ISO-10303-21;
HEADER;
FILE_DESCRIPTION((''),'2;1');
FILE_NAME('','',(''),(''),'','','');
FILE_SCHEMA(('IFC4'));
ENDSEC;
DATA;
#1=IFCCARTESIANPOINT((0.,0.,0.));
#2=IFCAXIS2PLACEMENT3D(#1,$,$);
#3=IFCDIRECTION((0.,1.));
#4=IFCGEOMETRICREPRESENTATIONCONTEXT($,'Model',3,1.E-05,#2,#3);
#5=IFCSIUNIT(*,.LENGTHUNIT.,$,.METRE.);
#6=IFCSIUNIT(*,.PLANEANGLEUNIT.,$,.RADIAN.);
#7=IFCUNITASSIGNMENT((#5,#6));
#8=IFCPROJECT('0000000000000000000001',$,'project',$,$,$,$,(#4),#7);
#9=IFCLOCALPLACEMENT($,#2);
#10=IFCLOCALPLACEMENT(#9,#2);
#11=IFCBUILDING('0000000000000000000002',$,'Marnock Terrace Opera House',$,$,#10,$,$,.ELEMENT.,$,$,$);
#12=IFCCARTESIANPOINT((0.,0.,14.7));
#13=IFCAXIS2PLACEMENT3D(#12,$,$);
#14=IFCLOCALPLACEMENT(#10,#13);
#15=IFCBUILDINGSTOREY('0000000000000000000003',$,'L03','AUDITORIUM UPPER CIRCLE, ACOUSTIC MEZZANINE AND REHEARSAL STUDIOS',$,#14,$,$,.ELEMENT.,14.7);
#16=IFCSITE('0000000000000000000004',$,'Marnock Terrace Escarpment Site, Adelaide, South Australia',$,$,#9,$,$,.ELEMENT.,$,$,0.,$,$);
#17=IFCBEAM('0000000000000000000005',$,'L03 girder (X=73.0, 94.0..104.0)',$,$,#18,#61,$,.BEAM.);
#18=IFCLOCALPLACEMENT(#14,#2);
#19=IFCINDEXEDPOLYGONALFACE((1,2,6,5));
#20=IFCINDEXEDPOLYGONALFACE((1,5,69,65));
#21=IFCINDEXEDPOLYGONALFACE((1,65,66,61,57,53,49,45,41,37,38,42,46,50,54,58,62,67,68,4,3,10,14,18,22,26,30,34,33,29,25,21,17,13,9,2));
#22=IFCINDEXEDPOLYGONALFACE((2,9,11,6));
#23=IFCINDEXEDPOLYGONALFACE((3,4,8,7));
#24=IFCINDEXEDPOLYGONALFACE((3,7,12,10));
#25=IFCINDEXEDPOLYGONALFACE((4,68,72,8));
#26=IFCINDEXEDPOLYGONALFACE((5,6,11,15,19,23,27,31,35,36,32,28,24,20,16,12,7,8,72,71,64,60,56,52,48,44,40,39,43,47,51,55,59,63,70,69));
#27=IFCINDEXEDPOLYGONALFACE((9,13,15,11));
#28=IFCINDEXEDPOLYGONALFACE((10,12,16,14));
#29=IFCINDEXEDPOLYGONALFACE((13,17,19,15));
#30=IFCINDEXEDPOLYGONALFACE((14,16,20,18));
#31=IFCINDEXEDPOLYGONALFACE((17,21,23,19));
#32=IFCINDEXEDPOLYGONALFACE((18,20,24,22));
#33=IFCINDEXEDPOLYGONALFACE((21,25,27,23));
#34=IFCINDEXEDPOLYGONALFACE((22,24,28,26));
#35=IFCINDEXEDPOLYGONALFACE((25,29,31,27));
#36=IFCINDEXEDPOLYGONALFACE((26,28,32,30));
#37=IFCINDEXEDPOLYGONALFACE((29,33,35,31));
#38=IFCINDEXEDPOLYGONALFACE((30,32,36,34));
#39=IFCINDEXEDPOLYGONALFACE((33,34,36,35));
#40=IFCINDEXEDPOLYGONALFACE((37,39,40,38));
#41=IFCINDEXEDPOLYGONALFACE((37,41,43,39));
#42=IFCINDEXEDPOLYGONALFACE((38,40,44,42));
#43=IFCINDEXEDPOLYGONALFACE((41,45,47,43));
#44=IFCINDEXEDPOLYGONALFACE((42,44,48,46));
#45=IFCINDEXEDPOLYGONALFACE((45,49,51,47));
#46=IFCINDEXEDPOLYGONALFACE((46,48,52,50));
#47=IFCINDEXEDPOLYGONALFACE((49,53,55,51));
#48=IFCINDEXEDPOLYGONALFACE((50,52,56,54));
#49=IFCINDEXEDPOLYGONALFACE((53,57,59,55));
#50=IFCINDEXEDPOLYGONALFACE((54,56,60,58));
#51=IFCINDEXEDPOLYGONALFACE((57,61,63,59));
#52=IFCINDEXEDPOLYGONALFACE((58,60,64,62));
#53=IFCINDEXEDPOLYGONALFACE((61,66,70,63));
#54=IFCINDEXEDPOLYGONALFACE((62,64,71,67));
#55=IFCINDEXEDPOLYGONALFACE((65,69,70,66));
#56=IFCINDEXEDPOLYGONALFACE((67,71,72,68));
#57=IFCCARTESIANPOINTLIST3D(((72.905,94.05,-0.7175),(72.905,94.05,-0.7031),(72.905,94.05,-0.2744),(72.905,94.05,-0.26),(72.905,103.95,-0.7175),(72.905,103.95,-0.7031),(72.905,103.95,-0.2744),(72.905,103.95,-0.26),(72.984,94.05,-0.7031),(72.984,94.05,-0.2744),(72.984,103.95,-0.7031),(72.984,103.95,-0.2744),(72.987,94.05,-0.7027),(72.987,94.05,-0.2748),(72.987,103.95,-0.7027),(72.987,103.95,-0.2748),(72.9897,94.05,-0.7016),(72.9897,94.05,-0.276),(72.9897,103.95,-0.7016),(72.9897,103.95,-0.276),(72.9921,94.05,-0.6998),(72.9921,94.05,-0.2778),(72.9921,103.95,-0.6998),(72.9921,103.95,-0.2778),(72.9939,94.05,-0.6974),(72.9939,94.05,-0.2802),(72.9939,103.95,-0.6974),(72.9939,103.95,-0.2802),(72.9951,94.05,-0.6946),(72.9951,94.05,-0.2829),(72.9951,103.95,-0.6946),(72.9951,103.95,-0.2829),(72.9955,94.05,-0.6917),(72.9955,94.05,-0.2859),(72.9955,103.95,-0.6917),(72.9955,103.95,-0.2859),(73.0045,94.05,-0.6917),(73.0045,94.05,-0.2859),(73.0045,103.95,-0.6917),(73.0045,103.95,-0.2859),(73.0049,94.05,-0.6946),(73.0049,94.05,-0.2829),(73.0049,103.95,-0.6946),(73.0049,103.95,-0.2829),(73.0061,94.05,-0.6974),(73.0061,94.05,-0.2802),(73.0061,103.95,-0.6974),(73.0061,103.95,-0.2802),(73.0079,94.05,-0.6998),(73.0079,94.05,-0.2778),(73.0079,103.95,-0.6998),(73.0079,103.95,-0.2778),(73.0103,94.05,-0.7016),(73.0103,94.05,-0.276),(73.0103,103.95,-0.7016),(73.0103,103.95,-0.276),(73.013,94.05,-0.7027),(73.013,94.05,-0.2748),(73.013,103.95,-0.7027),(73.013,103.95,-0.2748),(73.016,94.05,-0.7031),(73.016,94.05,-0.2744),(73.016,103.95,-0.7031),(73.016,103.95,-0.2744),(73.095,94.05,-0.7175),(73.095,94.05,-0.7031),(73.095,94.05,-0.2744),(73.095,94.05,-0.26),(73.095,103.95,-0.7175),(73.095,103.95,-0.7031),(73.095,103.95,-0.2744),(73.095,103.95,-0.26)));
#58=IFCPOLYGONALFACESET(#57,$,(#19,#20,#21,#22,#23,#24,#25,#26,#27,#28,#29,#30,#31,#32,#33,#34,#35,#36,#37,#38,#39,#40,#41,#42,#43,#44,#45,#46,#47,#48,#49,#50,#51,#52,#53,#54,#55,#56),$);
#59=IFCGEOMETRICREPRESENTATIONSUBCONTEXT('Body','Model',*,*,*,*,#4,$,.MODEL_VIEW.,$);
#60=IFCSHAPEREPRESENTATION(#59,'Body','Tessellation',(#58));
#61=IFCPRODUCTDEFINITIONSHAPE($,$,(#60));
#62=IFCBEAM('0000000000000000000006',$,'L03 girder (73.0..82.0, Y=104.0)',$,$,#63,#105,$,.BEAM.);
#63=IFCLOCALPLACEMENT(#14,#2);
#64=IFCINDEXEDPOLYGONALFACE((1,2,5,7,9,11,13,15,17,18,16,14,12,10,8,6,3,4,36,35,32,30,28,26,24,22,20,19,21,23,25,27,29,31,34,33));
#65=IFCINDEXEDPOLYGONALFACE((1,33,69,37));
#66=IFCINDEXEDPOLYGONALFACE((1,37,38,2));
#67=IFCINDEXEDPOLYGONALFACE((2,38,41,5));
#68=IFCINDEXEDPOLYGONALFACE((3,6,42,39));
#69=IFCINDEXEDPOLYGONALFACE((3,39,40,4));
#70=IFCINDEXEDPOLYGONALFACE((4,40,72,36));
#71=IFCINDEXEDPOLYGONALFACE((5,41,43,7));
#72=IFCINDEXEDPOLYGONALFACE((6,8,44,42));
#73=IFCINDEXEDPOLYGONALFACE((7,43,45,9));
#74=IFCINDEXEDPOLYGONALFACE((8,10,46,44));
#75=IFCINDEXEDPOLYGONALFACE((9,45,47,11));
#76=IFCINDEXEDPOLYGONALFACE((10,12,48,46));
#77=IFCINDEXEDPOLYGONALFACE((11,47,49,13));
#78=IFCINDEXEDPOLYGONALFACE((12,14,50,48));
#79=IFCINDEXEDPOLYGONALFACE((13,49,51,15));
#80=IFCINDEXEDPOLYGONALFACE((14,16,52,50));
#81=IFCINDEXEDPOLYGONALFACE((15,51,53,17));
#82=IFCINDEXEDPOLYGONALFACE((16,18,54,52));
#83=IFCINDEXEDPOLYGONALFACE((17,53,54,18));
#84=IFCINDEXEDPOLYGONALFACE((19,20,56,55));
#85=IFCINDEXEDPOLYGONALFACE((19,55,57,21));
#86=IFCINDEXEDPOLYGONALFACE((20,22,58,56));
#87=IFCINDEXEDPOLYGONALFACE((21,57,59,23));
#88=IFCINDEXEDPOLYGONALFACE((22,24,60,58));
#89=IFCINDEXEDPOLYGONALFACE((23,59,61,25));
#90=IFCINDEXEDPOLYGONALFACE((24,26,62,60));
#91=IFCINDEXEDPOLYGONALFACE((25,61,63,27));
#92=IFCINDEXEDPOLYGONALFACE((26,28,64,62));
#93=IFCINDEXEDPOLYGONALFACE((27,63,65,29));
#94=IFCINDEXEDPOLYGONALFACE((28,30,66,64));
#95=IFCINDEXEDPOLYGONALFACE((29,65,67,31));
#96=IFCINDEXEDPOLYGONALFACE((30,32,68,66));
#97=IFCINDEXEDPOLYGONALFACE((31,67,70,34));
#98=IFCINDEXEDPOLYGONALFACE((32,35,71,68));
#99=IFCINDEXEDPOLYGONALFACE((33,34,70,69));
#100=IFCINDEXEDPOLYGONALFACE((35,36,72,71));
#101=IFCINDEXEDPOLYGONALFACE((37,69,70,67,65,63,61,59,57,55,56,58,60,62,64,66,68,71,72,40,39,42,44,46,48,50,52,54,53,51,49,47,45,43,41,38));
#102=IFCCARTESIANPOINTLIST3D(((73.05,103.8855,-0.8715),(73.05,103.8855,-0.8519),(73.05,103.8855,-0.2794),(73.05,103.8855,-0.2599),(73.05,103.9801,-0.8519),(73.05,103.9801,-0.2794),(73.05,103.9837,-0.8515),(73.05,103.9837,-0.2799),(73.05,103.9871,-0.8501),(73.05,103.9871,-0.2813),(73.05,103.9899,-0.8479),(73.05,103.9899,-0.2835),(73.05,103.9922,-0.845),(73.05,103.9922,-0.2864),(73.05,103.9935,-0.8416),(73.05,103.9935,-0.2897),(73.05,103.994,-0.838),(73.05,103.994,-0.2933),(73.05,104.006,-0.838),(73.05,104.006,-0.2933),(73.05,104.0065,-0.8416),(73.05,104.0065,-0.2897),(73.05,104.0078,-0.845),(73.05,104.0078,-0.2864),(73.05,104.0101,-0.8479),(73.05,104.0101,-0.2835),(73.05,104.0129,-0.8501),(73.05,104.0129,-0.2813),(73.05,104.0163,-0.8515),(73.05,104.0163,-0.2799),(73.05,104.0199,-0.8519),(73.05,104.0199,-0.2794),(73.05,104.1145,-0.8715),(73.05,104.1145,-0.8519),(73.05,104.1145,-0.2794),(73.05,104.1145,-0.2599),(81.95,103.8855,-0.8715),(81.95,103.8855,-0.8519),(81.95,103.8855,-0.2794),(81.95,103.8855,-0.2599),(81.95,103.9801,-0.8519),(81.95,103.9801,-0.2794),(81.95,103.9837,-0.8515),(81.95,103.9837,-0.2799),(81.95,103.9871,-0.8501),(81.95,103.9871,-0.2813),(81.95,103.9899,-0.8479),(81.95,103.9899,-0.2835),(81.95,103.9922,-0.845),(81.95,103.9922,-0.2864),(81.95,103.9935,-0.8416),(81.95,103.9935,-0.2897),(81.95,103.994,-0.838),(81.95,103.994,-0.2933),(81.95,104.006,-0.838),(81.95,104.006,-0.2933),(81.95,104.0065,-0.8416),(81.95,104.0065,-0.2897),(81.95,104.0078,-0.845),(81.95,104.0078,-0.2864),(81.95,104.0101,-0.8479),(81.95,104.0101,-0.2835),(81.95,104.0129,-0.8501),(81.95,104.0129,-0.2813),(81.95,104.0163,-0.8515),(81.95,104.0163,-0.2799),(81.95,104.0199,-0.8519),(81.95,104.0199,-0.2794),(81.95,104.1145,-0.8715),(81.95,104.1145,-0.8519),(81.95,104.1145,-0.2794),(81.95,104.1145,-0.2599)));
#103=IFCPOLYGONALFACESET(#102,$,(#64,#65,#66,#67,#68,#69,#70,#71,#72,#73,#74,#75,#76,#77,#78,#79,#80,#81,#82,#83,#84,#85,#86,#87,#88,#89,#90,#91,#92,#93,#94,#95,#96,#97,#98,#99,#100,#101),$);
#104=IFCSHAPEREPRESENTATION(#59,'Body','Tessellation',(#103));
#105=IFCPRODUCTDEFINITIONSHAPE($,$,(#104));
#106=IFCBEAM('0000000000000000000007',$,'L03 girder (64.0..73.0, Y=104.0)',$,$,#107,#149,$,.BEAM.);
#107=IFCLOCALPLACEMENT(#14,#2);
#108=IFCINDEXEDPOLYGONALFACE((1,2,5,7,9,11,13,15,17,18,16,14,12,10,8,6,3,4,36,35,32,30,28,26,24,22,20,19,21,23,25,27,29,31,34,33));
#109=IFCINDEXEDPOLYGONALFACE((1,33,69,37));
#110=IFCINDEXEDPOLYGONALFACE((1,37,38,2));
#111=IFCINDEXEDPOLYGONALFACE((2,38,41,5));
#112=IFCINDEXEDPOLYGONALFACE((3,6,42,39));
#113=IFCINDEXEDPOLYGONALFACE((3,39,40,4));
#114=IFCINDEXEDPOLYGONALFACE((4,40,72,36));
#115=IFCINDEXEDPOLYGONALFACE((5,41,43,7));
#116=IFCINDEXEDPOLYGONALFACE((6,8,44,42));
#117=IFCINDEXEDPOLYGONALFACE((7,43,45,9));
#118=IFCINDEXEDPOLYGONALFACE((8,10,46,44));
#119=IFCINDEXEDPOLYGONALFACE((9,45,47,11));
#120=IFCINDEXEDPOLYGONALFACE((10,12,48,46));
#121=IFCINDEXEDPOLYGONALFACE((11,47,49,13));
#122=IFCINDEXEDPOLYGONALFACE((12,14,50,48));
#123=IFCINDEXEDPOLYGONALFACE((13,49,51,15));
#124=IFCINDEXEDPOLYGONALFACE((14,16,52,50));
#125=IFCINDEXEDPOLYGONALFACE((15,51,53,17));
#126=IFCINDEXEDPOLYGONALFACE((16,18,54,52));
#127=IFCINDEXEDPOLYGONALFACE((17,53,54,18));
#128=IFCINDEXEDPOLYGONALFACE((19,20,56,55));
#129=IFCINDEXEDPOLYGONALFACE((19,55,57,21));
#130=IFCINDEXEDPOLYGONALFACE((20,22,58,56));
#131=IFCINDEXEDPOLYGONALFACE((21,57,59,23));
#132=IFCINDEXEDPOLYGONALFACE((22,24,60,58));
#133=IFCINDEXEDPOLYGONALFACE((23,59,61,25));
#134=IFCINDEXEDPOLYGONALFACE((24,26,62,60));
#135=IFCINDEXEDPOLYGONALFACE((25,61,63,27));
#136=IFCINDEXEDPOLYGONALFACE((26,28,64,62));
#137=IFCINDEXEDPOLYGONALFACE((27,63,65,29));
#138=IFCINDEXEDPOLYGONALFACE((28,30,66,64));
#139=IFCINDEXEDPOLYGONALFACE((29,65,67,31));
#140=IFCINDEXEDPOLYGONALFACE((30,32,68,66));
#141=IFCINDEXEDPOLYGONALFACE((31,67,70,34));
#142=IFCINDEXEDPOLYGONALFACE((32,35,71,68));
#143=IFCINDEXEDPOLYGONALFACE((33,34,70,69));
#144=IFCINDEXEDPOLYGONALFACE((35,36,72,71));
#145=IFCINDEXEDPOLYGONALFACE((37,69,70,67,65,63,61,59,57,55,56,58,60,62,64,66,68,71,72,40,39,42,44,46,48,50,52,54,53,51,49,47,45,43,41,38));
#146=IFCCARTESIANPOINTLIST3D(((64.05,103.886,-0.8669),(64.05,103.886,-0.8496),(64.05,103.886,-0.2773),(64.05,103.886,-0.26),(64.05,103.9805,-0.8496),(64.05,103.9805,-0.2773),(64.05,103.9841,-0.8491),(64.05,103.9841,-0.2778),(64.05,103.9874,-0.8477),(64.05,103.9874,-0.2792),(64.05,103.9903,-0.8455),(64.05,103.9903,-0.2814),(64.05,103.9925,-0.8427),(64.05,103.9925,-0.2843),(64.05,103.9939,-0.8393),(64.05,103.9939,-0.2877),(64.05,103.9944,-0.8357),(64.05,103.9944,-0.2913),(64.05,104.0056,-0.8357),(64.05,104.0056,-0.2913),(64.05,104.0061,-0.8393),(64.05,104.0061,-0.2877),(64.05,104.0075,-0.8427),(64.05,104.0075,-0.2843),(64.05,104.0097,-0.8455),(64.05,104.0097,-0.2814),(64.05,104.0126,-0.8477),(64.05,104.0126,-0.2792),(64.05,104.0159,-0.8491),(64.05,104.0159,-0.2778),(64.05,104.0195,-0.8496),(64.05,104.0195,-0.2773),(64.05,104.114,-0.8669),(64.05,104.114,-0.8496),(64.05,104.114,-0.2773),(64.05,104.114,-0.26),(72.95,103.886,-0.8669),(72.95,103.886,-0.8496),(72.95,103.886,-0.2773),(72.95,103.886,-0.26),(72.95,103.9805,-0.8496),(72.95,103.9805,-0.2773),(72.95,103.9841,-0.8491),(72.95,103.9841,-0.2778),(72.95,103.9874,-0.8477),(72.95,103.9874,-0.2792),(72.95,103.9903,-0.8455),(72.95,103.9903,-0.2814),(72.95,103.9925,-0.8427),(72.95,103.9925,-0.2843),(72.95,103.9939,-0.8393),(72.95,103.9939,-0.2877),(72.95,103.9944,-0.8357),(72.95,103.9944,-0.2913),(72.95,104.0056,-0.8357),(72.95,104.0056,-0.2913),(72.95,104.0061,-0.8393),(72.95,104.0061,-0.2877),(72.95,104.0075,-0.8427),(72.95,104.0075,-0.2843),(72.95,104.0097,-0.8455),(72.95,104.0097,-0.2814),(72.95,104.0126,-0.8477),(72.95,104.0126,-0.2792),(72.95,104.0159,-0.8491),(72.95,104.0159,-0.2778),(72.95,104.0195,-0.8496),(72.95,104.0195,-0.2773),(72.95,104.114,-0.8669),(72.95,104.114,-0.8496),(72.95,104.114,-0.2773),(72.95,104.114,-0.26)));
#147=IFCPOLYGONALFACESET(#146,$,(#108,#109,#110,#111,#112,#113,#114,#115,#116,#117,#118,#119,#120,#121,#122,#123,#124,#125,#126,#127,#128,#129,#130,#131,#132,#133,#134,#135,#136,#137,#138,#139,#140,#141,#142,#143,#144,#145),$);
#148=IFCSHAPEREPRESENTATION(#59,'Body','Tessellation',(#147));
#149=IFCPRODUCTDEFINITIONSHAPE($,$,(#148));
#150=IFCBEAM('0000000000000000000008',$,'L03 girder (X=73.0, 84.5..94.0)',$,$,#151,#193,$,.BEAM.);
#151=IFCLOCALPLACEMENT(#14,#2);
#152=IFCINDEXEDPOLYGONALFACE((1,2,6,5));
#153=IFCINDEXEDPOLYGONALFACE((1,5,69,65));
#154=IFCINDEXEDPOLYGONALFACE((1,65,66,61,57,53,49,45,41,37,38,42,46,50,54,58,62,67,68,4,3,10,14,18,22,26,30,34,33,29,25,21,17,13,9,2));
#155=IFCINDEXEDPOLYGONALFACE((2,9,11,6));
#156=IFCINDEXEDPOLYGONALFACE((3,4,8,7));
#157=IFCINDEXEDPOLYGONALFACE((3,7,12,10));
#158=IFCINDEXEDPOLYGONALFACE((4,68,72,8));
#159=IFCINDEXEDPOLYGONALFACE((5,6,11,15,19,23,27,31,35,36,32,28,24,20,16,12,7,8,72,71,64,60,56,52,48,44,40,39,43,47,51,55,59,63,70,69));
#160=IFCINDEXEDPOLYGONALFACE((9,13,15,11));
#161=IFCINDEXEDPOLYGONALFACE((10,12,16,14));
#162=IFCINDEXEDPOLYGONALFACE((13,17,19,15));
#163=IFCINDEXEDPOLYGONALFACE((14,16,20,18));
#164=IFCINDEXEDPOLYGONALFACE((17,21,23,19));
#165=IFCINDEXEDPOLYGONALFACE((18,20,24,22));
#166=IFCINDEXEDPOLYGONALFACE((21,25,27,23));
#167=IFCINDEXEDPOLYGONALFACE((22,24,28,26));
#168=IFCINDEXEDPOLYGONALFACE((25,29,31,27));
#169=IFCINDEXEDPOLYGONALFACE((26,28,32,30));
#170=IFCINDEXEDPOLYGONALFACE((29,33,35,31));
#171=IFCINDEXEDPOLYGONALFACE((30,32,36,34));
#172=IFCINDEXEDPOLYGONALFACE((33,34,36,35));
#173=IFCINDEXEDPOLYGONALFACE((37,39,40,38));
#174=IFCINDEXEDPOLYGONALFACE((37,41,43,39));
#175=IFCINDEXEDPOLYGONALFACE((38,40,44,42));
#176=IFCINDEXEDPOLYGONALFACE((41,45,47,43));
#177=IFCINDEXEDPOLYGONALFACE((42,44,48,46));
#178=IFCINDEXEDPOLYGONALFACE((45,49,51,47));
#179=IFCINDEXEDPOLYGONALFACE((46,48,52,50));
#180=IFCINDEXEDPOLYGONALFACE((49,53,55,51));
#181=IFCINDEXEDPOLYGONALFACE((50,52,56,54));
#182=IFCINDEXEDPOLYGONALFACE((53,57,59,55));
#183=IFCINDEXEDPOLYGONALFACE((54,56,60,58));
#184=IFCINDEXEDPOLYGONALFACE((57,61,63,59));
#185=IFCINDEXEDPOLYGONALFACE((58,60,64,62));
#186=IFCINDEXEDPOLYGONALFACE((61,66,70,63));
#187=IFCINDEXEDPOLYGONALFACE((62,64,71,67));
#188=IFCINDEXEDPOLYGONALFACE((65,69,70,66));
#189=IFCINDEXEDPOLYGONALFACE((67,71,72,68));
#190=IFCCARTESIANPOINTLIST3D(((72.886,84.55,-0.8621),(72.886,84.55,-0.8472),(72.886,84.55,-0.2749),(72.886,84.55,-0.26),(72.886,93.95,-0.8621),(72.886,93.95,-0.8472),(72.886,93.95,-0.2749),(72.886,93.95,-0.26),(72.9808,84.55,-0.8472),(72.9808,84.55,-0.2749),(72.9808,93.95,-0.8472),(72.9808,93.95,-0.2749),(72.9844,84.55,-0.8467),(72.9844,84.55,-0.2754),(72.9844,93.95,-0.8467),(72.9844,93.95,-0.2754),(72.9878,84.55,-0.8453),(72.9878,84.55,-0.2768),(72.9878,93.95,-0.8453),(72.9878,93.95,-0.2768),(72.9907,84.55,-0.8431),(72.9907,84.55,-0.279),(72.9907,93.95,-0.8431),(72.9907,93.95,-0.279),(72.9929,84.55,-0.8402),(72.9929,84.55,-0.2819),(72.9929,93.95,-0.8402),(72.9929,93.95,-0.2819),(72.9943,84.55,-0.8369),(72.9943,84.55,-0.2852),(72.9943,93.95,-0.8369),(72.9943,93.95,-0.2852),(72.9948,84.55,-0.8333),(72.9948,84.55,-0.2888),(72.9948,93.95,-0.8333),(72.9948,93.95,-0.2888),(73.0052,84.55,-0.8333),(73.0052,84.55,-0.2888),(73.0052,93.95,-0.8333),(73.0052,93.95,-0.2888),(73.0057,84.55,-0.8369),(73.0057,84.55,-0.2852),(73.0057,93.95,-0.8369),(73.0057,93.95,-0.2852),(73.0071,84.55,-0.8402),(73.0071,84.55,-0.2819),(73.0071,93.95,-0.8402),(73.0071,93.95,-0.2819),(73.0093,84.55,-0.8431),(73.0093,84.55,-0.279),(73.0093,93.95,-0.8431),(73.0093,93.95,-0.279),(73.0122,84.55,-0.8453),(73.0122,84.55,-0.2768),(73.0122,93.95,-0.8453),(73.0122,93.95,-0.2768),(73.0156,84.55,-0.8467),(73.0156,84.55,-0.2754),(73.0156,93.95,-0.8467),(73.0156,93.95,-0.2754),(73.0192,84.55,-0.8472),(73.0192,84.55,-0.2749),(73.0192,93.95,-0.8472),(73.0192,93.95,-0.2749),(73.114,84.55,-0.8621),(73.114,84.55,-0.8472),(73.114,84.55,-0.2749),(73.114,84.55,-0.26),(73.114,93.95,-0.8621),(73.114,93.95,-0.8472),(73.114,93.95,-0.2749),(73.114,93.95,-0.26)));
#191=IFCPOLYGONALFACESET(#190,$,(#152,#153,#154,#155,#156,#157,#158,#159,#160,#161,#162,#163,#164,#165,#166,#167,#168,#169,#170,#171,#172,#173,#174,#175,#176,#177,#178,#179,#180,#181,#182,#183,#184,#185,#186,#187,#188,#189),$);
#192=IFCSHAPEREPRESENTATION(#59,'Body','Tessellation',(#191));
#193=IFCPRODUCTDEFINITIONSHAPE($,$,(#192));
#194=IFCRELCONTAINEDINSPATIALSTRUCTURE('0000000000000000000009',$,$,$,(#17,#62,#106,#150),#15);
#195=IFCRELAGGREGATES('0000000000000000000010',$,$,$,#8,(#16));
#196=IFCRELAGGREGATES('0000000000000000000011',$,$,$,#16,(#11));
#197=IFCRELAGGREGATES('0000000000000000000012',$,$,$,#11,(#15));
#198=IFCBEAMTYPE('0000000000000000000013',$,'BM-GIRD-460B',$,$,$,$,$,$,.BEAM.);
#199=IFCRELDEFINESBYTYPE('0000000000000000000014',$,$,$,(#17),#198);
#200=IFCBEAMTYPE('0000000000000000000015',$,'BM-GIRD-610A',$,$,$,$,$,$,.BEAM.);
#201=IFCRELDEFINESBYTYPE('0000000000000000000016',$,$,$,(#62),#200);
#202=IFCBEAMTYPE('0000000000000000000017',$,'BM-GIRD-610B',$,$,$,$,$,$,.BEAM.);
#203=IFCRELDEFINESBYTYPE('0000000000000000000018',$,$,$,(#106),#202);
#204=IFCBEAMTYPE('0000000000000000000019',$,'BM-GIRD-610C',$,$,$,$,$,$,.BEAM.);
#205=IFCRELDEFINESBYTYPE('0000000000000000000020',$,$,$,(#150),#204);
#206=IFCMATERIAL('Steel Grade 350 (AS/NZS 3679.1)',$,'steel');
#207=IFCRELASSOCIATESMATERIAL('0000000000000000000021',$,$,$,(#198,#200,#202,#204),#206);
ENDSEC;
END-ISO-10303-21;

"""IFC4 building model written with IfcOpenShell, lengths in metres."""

from ifc_helpers import new_model, si_unit, direction, frame, origin, origin_2d, place, context, subcontext, project, spatial, i_section, extrude, material, material_profile, profile_set, type_object, element, save


model = new_model("IFC4")

# Units and contexts
model_context = context("Model", 3, precision=1e-05, world=origin(), true_north=direction((0.0, 1.0)))
body_context = subcontext(model_context, "Body", "Model", "MODEL_VIEW")
ifc_project = project(units=[si_unit("LENGTHUNIT", "METRE"), si_unit("PLANEANGLEUNIT", "RADIAN")], contexts=[model_context])

# Site, building, storey
site_placement = place(None, origin())
site = spatial("IfcSite", under=ifc_project, at=site_placement, Name="Marnock Terrace Escarpment Site, Adelaide, South Australia", CompositionType="ELEMENT", RefElevation=0.0)
building_placement = place(site_placement, origin())
building = spatial("IfcBuilding", under=site, at=building_placement, Name="Marnock Terrace Opera House", CompositionType="ELEMENT")
storey_placement = place(building_placement, frame((0.0, 0.0, 14.7)))
storey = spatial("IfcBuildingStorey", under=building, at=storey_placement, Name="L03", Description="AUDITORIUM UPPER CIRCLE, ACOUSTIC MEZZANINE AND REHEARSAL STUDIOS", CompositionType="ELEMENT", Elevation=14.7)

# Beams
ifc_material_1 = material(Name="Steel Grade 350 (AS/NZS 3679.1)", Category="steel")
ifc_material_profile_1 = material_profile(ifc_material_1, i_section(OverallWidth=0.1899, OverallDepth=0.4575, WebThickness=0.009, FlangeThickness=0.0144, FilletRadius=0.0115, at=origin_2d()))
ifc_profile_set_1 = profile_set([ifc_material_profile_1], Name="Steel Grade 350 (AS/NZS 3679.1)")
beam_type_1 = type_object("IfcBeamType", Name="BM-GIRD-460B", PredefinedType="BEAM", material=ifc_profile_set_1)
beam_1_placement = place(storey_placement, frame((73.0, 94.05, -0.4888), z_axis=(0.0, 1.0, 0.0), x_axis=(-1.0, 0.0, 0.0)))
element("IfcBeam", 1, at=beam_1_placement, inside=storey, type_object=beam_type_1, Name="L03 girder (X=73.0, 94.0..104.0)", PredefinedType="BEAM", context=body_context, shape_type="SweptSolid", body=[
    extrude(i_section(OverallWidth=0.1899, OverallDepth=0.4575, WebThickness=0.009, FlangeThickness=0.0144, FilletRadius=0.0115, at=origin_2d()), origin(), (0.0, 0.0, 1.0), 9.8999),
])
ifc_material_profile_2 = material_profile(ifc_material_1, i_section(OverallWidth=0.229, OverallDepth=0.6116, WebThickness=0.012, FlangeThickness=0.0195, FilletRadius=0.0139, at=origin_2d()))
ifc_profile_set_2 = profile_set([ifc_material_profile_2], Name="Steel Grade 350 (AS/NZS 3679.1)")
beam_type_2 = type_object("IfcBeamType", Name="BM-GIRD-610A", PredefinedType="BEAM", material=ifc_profile_set_2)
beam_2_placement = place(storey_placement, frame((73.05, 104.0, -0.5657), z_axis=(1.0, 0.0, 0.0), x_axis=(0.0, 1.0, 0.0)))
element("IfcBeam", 2, at=beam_2_placement, inside=storey, type_object=beam_type_2, Name="L03 girder (73.0..82.0, Y=104.0)", PredefinedType="BEAM", context=body_context, shape_type="SweptSolid", body=[
    extrude(i_section(OverallWidth=0.229, OverallDepth=0.6116, WebThickness=0.012, FlangeThickness=0.0195, FilletRadius=0.0139, at=origin_2d()), origin(), (0.0, 0.0, 1.0), 8.8999),
])
ifc_material_profile_3 = material_profile(ifc_material_1, i_section(OverallWidth=0.228, OverallDepth=0.6069, WebThickness=0.0112, FlangeThickness=0.0173, FilletRadius=0.0139, at=origin_2d()))
ifc_profile_set_3 = profile_set([ifc_material_profile_3], Name="Steel Grade 350 (AS/NZS 3679.1)")
beam_type_3 = type_object("IfcBeamType", Name="BM-GIRD-610B", PredefinedType="BEAM", material=ifc_profile_set_3)
beam_3_placement = place(storey_placement, frame((64.05, 104.0, -0.5635), z_axis=(1.0, 0.0, 0.0), x_axis=(0.0, 1.0, 0.0)))
element("IfcBeam", 3, at=beam_3_placement, inside=storey, type_object=beam_type_3, Name="L03 girder (64.0..73.0, Y=104.0)", PredefinedType="BEAM", context=body_context, shape_type="SweptSolid", body=[
    extrude(i_section(OverallWidth=0.228, OverallDepth=0.6069, WebThickness=0.0112, FlangeThickness=0.0173, FilletRadius=0.0139, at=origin_2d()), origin(), (0.0, 0.0, 1.0), 8.8999),
])
ifc_material_profile_4 = material_profile(ifc_material_1, i_section(OverallWidth=0.228, OverallDepth=0.6021, WebThickness=0.0105, FlangeThickness=0.0149, FilletRadius=0.0139, at=origin_2d()))
ifc_profile_set_4 = profile_set([ifc_material_profile_4], Name="Steel Grade 350 (AS/NZS 3679.1)")
beam_type_4 = type_object("IfcBeamType", Name="BM-GIRD-610C", PredefinedType="BEAM", material=ifc_profile_set_4)
beam_4_placement = place(storey_placement, frame((73.0, 84.55, -0.561), z_axis=(0.0, 1.0, 0.0), x_axis=(-1.0, 0.0, 0.0)))
element("IfcBeam", 4, at=beam_4_placement, inside=storey, type_object=beam_type_4, Name="L03 girder (X=73.0, 84.5..94.0)", PredefinedType="BEAM", context=body_context, shape_type="SweptSolid", body=[
    extrude(i_section(OverallWidth=0.228, OverallDepth=0.6021, WebThickness=0.0105, FlangeThickness=0.0149, FilletRadius=0.0139, at=origin_2d()), origin(), (0.0, 0.0, 1.0), 9.3999),
])

save(model, "model.ifc")
